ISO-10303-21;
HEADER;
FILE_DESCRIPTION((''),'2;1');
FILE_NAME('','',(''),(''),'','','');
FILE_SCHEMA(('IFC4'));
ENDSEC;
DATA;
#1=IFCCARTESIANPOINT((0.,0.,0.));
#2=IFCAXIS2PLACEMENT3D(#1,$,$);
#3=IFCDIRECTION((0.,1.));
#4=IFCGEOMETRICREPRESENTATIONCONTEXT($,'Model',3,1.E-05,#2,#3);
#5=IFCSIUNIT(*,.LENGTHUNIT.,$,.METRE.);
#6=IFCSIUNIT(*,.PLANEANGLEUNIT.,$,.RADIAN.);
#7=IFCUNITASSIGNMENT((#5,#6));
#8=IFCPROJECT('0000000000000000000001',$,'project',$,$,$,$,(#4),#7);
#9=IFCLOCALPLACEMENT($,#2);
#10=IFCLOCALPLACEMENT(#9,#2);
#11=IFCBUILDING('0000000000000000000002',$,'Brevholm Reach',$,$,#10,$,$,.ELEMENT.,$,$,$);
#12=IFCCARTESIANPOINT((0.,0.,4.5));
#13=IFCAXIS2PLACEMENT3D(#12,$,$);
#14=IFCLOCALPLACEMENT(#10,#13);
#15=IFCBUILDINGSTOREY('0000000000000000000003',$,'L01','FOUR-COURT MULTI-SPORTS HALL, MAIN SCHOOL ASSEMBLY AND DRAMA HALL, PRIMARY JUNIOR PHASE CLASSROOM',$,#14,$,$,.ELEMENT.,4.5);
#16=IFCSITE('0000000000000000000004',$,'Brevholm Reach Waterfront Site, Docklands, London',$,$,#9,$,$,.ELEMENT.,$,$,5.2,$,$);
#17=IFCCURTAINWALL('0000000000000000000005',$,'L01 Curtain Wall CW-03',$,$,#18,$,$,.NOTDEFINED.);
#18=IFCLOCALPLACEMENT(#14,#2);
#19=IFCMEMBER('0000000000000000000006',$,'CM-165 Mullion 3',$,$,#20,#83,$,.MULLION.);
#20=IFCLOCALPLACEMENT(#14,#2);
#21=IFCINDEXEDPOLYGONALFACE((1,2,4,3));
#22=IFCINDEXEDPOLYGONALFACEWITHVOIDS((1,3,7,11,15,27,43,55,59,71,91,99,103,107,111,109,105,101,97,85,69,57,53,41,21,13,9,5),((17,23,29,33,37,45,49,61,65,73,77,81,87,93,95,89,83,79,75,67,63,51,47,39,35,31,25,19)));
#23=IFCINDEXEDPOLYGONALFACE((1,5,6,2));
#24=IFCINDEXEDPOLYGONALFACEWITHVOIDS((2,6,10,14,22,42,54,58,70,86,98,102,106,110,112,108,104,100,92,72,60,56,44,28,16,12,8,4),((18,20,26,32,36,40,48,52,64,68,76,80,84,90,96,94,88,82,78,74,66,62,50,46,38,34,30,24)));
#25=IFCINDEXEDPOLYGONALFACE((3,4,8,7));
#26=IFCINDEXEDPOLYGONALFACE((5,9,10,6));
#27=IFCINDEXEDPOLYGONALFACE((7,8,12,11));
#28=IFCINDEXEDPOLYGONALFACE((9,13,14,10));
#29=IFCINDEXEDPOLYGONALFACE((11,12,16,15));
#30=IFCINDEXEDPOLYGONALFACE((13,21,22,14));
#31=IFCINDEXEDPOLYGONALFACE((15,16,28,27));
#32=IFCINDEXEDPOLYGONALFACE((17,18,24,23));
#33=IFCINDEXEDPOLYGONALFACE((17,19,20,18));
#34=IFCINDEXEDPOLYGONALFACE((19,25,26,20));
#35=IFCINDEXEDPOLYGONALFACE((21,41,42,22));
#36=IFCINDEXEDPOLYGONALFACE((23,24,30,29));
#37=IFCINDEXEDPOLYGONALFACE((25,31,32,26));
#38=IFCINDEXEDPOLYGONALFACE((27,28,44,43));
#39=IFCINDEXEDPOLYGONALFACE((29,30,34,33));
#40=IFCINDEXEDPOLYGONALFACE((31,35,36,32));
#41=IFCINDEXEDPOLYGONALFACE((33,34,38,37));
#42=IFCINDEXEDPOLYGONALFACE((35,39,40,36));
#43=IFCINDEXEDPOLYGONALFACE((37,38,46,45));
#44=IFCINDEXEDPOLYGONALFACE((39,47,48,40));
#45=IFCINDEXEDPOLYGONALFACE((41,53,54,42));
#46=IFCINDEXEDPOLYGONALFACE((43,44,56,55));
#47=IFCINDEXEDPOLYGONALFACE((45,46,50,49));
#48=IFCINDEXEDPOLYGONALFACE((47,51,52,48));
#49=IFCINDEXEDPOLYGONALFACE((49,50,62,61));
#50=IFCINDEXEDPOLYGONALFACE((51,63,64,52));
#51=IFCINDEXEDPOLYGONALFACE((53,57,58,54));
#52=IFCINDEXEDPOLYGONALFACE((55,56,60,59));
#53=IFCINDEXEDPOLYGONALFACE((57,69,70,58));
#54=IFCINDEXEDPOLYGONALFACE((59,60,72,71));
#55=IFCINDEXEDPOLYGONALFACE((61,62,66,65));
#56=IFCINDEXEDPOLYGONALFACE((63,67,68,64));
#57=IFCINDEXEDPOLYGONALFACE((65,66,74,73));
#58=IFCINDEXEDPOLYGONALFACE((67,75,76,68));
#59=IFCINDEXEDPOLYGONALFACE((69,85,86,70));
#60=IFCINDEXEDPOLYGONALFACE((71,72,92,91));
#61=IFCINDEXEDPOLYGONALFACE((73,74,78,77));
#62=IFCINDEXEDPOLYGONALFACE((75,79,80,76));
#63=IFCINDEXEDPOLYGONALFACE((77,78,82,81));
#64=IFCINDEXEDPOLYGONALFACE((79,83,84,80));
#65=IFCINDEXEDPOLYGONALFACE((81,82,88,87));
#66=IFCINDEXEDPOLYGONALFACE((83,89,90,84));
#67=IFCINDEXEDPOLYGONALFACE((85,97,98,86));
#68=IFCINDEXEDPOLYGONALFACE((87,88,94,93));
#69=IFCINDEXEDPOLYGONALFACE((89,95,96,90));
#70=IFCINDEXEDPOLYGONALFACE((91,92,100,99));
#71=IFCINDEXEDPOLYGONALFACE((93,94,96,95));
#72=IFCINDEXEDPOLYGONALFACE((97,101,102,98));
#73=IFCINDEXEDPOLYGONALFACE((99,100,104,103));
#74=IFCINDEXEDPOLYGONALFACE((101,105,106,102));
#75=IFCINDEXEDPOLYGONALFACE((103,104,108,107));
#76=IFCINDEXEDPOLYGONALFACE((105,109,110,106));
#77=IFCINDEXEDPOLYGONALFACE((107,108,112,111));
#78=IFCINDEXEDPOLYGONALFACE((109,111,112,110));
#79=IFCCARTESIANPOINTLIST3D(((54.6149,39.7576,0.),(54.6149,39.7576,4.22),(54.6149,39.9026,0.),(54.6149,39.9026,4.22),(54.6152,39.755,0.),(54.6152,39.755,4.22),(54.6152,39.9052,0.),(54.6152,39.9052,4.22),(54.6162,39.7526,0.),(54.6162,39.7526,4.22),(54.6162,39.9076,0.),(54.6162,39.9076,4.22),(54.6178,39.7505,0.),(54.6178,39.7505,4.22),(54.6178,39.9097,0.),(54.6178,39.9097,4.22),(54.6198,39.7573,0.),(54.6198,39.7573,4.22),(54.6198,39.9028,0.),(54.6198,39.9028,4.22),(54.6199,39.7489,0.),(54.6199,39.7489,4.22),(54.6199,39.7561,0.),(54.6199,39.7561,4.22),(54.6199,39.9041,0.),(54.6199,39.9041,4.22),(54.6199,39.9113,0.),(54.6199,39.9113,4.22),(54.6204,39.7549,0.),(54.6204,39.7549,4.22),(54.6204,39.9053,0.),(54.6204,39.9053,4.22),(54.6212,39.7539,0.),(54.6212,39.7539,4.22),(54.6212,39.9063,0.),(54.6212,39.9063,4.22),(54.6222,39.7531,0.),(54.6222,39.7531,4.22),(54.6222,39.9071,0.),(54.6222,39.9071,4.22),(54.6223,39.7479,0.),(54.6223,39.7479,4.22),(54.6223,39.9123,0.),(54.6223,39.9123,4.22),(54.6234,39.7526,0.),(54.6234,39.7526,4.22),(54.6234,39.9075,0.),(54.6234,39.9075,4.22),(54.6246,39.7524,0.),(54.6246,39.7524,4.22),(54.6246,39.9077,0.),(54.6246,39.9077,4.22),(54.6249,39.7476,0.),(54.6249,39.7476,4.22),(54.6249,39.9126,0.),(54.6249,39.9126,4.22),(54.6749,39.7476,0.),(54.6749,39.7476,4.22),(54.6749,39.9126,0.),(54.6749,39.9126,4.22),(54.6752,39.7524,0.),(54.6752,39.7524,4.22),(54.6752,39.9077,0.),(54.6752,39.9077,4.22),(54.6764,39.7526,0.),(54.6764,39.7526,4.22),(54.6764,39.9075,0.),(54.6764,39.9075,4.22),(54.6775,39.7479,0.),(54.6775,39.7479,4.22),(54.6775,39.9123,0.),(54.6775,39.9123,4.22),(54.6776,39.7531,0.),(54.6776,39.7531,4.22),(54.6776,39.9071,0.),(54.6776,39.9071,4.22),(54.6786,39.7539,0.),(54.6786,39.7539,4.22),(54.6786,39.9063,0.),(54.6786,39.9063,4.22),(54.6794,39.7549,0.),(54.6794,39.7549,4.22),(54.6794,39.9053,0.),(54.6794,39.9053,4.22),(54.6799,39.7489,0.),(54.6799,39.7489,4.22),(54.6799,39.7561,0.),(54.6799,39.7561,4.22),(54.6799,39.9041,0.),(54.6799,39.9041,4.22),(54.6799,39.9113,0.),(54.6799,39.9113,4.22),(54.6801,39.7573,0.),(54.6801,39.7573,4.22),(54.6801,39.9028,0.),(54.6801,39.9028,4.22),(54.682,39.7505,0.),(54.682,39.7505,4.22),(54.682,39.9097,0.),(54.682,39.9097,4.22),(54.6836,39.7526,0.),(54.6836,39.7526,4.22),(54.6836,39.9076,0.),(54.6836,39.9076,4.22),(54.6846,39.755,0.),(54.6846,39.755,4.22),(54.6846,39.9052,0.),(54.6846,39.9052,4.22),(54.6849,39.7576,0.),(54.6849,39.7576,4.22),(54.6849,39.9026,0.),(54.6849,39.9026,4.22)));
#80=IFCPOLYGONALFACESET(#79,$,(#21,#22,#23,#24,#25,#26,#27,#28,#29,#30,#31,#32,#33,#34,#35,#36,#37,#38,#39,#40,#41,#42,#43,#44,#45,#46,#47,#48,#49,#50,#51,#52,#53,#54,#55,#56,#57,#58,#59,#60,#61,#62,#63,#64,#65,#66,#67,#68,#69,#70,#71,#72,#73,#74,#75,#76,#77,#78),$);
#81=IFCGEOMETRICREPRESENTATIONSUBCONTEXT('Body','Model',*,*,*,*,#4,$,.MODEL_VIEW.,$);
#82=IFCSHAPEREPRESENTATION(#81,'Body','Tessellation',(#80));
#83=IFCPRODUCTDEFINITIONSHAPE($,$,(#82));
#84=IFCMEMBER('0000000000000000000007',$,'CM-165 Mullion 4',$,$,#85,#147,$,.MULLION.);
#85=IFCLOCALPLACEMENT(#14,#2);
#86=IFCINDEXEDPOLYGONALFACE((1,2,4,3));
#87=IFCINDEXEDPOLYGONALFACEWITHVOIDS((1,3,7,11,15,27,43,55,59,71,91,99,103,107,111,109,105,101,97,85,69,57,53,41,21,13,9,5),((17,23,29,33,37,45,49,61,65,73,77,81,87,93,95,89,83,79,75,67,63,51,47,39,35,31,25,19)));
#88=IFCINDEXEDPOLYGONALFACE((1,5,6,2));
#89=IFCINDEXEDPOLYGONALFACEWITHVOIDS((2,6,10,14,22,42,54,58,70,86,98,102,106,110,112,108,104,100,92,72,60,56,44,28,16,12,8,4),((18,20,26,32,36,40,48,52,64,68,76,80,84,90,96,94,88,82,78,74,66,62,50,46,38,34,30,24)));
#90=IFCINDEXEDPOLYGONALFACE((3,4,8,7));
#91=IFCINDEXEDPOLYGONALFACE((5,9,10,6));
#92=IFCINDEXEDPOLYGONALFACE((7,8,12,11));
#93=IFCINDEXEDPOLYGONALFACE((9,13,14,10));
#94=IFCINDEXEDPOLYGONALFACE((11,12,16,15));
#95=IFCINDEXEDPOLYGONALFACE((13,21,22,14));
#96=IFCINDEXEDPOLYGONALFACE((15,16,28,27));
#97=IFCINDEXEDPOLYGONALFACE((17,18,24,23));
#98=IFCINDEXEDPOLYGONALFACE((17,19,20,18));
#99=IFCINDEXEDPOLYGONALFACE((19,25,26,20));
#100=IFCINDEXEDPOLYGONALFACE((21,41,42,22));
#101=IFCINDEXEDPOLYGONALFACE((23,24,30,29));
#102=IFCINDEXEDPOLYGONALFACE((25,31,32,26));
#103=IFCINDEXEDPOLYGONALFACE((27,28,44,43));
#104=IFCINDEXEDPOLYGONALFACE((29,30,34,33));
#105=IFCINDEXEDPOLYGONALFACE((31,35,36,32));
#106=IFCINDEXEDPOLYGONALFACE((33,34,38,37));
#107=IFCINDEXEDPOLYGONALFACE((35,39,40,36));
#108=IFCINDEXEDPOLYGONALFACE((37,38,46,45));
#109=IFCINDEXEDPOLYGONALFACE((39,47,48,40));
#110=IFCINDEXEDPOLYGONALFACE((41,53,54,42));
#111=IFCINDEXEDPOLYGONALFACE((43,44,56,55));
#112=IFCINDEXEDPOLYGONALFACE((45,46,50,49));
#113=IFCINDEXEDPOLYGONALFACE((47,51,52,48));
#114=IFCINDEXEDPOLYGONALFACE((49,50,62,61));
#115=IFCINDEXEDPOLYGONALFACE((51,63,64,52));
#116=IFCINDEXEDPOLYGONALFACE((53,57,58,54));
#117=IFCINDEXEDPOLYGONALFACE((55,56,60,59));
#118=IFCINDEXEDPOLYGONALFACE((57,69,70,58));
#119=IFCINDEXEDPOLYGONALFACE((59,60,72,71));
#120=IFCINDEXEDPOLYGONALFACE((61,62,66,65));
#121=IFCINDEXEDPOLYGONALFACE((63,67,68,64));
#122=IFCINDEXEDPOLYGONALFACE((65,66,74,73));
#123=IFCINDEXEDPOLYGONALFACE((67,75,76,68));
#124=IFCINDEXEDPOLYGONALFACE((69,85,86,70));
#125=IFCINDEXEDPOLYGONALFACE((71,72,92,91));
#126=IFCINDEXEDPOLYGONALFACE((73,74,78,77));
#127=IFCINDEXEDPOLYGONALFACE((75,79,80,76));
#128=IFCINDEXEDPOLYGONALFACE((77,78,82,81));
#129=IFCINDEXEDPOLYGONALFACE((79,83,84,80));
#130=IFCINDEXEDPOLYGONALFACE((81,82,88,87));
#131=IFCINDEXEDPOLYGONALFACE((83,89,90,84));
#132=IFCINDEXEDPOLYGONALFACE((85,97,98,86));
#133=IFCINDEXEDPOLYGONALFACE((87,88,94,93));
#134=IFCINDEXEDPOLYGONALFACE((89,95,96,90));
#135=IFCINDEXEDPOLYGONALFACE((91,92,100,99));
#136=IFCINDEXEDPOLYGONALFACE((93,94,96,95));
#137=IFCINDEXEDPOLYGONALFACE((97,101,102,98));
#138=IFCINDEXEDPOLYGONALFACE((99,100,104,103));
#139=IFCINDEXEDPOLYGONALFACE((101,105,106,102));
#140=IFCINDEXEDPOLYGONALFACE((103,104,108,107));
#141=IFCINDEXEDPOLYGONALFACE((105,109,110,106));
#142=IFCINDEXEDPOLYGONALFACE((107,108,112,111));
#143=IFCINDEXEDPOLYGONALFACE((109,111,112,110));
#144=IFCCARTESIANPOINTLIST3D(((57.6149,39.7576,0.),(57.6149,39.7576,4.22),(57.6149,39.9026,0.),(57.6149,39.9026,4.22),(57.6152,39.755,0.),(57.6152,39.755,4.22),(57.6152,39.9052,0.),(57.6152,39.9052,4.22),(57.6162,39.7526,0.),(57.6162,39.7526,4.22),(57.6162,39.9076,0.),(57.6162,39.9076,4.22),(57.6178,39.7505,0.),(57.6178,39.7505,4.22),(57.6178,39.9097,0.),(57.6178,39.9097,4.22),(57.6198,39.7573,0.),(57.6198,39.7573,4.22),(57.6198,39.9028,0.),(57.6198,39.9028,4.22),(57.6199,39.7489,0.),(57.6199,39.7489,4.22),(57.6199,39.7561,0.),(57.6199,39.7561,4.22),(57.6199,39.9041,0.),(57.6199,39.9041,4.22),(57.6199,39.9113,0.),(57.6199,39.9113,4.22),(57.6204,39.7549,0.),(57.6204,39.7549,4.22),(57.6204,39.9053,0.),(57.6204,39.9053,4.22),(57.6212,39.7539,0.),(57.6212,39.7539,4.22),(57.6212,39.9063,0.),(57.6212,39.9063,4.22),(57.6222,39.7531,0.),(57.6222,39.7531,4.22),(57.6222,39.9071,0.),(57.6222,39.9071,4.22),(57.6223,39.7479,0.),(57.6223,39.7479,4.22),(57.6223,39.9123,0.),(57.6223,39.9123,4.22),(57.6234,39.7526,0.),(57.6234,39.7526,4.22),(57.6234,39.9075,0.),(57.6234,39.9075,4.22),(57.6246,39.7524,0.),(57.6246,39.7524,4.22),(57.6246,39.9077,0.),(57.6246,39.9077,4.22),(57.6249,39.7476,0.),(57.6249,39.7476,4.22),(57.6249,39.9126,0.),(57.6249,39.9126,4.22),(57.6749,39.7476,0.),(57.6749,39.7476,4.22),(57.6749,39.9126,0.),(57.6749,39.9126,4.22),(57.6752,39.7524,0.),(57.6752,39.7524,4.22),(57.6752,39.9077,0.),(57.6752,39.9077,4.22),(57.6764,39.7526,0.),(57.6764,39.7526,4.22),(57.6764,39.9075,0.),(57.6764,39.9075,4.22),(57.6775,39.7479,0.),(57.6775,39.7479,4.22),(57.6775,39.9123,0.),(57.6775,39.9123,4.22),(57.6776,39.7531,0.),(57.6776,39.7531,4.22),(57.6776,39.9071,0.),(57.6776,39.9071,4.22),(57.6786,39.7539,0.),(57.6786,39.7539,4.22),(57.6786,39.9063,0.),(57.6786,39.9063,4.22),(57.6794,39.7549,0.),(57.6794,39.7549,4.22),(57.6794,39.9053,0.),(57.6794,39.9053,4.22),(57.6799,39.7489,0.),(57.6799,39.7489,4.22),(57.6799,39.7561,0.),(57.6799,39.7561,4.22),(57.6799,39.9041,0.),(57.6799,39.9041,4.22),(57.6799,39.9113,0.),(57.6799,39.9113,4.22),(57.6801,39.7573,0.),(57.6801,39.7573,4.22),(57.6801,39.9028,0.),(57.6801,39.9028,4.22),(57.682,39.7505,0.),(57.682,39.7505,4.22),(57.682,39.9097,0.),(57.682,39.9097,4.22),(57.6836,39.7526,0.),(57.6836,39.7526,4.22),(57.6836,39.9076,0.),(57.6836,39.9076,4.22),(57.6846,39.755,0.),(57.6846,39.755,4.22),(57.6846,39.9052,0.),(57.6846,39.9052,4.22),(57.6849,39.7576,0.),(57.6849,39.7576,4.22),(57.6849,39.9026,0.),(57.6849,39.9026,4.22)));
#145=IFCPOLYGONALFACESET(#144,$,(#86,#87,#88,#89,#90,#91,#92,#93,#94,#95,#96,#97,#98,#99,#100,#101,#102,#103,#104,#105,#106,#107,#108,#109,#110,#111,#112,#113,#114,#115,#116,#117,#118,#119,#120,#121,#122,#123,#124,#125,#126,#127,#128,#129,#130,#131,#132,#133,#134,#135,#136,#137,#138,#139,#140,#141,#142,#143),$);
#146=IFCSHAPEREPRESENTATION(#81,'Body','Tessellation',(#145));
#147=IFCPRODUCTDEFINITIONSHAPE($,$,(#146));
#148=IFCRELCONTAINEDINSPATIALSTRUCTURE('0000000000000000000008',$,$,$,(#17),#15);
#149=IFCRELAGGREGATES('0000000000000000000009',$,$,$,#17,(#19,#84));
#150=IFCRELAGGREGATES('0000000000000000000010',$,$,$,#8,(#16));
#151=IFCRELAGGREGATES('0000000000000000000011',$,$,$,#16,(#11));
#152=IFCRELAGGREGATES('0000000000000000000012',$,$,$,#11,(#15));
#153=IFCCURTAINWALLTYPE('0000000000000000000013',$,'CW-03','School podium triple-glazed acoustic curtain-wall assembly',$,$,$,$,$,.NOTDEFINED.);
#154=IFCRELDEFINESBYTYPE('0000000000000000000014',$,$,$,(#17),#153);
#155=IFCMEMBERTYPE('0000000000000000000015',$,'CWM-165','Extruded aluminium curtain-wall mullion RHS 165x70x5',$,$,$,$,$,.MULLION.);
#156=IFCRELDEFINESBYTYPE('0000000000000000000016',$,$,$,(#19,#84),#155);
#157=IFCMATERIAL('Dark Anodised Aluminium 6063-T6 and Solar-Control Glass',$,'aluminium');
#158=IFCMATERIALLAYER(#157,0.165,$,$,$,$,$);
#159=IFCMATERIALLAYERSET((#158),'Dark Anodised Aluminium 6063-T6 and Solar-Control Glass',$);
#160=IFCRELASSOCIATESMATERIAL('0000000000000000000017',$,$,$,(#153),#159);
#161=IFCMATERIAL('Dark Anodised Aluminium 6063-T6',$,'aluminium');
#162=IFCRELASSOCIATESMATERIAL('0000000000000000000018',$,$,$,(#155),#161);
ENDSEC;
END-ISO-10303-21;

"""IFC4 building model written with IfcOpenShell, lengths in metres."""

from ifc_helpers import new_model, si_unit, direction, frame, origin, origin_2d, place, context, subcontext, project, spatial, hollow_rectangle, extrude, material, layer, layer_set, material_profile, profile_set, type_object, element, aggregate, save


model = new_model("IFC4")

# Units and contexts
model_context = context("Model", 3, precision=1e-05, world=origin(), true_north=direction((0.0, 1.0)))
body_context = subcontext(model_context, "Body", "Model", "MODEL_VIEW")
ifc_project = project(units=[si_unit("LENGTHUNIT", "METRE"), si_unit("PLANEANGLEUNIT", "RADIAN")], contexts=[model_context])

# Site, building, storey
site_placement = place(None, origin())
site = spatial("IfcSite", under=ifc_project, at=site_placement, Name="Brevholm Reach Waterfront Site, Docklands, London", CompositionType="ELEMENT", RefElevation=5.2)
building_placement = place(site_placement, origin())
building = spatial("IfcBuilding", under=site, at=building_placement, Name="Brevholm Reach", CompositionType="ELEMENT")
storey_placement = place(building_placement, frame((0.0, 0.0, 4.5)))
storey = spatial("IfcBuildingStorey", under=building, at=storey_placement, Name="L01", Description="FOUR-COURT MULTI-SPORTS HALL, MAIN SCHOOL ASSEMBLY AND DRAMA HALL, PRIMARY JUNIOR PHASE CLASSROOM", CompositionType="ELEMENT", Elevation=4.5)

# Curtain wall, members
ifc_material_1 = material(Name="Dark Anodised Aluminium 6063-T6 and Solar-Control Glass", Category="aluminium")
ifc_layer_1 = layer(ifc_material_1, 0.165)
ifc_layer_set_1 = layer_set([ifc_layer_1], Name="Dark Anodised Aluminium 6063-T6 and Solar-Control Glass")
curtain_wall_type = type_object("IfcCurtainWallType", Name="CW-03", Description="School podium triple-glazed acoustic curtain-wall assembly", PredefinedType="NOTDEFINED", material=ifc_layer_set_1)
curtain_wall_placement = place(storey_placement, origin())
curtain_wall = element("IfcCurtainWall", 1, at=curtain_wall_placement, inside=storey, type_object=curtain_wall_type, Name="L01 Curtain Wall CW-03", PredefinedType="NOTDEFINED")
ifc_material_2 = material(Name="Dark Anodised Aluminium 6063-T6", Category="aluminium")
ifc_material_profile_1 = material_profile(ifc_material_2, hollow_rectangle(XDim=0.0701, YDim=0.165, WallThickness=0.0049, InnerFilletRadius=0.0049, OuterFilletRadius=0.01, at=origin_2d()), Name="RHS 165x70x5")
ifc_profile_set_1 = profile_set([ifc_material_profile_1], Name="Dark Anodised Aluminium 6063-T6")
member_type_1 = type_object("IfcMemberType", Name="CWM-165", Description="Extruded aluminium curtain-wall mullion RHS 165x70x5", PredefinedType="MULLION", material=ifc_profile_set_1)
member_1_placement = place(storey_placement, frame((54.6499, 39.8301, 0.0), z_axis=(0.0, 0.0, 1.0), x_axis=(1.0, 0.0, 0.0)))
member_1 = element("IfcMember", 2, at=member_1_placement, type_object=member_type_1, Name="CM-165 Mullion 3", PredefinedType="MULLION", context=body_context, shape_type="SweptSolid", body=[
    extrude(hollow_rectangle(XDim=0.0701, YDim=0.165, WallThickness=0.0049, InnerFilletRadius=0.0049, OuterFilletRadius=0.01, at=origin_2d()), origin(), (0.0, 0.0, 1.0), 4.22),
])
member_2_placement = place(storey_placement, frame((57.6499, 39.8301, 0.0), z_axis=(0.0, 0.0, 1.0), x_axis=(1.0, 0.0, 0.0)))
member_2 = element("IfcMember", 3, at=member_2_placement, type_object=member_type_1, Name="CM-165 Mullion 4", PredefinedType="MULLION", context=body_context, shape_type="SweptSolid", body=[
    extrude(hollow_rectangle(XDim=0.0701, YDim=0.165, WallThickness=0.0049, InnerFilletRadius=0.0049, OuterFilletRadius=0.01, at=origin_2d()), origin(), (0.0, 0.0, 1.0), 4.22),
])
aggregate(curtain_wall, [member_1, member_2])

save(model, "model.ifc")
